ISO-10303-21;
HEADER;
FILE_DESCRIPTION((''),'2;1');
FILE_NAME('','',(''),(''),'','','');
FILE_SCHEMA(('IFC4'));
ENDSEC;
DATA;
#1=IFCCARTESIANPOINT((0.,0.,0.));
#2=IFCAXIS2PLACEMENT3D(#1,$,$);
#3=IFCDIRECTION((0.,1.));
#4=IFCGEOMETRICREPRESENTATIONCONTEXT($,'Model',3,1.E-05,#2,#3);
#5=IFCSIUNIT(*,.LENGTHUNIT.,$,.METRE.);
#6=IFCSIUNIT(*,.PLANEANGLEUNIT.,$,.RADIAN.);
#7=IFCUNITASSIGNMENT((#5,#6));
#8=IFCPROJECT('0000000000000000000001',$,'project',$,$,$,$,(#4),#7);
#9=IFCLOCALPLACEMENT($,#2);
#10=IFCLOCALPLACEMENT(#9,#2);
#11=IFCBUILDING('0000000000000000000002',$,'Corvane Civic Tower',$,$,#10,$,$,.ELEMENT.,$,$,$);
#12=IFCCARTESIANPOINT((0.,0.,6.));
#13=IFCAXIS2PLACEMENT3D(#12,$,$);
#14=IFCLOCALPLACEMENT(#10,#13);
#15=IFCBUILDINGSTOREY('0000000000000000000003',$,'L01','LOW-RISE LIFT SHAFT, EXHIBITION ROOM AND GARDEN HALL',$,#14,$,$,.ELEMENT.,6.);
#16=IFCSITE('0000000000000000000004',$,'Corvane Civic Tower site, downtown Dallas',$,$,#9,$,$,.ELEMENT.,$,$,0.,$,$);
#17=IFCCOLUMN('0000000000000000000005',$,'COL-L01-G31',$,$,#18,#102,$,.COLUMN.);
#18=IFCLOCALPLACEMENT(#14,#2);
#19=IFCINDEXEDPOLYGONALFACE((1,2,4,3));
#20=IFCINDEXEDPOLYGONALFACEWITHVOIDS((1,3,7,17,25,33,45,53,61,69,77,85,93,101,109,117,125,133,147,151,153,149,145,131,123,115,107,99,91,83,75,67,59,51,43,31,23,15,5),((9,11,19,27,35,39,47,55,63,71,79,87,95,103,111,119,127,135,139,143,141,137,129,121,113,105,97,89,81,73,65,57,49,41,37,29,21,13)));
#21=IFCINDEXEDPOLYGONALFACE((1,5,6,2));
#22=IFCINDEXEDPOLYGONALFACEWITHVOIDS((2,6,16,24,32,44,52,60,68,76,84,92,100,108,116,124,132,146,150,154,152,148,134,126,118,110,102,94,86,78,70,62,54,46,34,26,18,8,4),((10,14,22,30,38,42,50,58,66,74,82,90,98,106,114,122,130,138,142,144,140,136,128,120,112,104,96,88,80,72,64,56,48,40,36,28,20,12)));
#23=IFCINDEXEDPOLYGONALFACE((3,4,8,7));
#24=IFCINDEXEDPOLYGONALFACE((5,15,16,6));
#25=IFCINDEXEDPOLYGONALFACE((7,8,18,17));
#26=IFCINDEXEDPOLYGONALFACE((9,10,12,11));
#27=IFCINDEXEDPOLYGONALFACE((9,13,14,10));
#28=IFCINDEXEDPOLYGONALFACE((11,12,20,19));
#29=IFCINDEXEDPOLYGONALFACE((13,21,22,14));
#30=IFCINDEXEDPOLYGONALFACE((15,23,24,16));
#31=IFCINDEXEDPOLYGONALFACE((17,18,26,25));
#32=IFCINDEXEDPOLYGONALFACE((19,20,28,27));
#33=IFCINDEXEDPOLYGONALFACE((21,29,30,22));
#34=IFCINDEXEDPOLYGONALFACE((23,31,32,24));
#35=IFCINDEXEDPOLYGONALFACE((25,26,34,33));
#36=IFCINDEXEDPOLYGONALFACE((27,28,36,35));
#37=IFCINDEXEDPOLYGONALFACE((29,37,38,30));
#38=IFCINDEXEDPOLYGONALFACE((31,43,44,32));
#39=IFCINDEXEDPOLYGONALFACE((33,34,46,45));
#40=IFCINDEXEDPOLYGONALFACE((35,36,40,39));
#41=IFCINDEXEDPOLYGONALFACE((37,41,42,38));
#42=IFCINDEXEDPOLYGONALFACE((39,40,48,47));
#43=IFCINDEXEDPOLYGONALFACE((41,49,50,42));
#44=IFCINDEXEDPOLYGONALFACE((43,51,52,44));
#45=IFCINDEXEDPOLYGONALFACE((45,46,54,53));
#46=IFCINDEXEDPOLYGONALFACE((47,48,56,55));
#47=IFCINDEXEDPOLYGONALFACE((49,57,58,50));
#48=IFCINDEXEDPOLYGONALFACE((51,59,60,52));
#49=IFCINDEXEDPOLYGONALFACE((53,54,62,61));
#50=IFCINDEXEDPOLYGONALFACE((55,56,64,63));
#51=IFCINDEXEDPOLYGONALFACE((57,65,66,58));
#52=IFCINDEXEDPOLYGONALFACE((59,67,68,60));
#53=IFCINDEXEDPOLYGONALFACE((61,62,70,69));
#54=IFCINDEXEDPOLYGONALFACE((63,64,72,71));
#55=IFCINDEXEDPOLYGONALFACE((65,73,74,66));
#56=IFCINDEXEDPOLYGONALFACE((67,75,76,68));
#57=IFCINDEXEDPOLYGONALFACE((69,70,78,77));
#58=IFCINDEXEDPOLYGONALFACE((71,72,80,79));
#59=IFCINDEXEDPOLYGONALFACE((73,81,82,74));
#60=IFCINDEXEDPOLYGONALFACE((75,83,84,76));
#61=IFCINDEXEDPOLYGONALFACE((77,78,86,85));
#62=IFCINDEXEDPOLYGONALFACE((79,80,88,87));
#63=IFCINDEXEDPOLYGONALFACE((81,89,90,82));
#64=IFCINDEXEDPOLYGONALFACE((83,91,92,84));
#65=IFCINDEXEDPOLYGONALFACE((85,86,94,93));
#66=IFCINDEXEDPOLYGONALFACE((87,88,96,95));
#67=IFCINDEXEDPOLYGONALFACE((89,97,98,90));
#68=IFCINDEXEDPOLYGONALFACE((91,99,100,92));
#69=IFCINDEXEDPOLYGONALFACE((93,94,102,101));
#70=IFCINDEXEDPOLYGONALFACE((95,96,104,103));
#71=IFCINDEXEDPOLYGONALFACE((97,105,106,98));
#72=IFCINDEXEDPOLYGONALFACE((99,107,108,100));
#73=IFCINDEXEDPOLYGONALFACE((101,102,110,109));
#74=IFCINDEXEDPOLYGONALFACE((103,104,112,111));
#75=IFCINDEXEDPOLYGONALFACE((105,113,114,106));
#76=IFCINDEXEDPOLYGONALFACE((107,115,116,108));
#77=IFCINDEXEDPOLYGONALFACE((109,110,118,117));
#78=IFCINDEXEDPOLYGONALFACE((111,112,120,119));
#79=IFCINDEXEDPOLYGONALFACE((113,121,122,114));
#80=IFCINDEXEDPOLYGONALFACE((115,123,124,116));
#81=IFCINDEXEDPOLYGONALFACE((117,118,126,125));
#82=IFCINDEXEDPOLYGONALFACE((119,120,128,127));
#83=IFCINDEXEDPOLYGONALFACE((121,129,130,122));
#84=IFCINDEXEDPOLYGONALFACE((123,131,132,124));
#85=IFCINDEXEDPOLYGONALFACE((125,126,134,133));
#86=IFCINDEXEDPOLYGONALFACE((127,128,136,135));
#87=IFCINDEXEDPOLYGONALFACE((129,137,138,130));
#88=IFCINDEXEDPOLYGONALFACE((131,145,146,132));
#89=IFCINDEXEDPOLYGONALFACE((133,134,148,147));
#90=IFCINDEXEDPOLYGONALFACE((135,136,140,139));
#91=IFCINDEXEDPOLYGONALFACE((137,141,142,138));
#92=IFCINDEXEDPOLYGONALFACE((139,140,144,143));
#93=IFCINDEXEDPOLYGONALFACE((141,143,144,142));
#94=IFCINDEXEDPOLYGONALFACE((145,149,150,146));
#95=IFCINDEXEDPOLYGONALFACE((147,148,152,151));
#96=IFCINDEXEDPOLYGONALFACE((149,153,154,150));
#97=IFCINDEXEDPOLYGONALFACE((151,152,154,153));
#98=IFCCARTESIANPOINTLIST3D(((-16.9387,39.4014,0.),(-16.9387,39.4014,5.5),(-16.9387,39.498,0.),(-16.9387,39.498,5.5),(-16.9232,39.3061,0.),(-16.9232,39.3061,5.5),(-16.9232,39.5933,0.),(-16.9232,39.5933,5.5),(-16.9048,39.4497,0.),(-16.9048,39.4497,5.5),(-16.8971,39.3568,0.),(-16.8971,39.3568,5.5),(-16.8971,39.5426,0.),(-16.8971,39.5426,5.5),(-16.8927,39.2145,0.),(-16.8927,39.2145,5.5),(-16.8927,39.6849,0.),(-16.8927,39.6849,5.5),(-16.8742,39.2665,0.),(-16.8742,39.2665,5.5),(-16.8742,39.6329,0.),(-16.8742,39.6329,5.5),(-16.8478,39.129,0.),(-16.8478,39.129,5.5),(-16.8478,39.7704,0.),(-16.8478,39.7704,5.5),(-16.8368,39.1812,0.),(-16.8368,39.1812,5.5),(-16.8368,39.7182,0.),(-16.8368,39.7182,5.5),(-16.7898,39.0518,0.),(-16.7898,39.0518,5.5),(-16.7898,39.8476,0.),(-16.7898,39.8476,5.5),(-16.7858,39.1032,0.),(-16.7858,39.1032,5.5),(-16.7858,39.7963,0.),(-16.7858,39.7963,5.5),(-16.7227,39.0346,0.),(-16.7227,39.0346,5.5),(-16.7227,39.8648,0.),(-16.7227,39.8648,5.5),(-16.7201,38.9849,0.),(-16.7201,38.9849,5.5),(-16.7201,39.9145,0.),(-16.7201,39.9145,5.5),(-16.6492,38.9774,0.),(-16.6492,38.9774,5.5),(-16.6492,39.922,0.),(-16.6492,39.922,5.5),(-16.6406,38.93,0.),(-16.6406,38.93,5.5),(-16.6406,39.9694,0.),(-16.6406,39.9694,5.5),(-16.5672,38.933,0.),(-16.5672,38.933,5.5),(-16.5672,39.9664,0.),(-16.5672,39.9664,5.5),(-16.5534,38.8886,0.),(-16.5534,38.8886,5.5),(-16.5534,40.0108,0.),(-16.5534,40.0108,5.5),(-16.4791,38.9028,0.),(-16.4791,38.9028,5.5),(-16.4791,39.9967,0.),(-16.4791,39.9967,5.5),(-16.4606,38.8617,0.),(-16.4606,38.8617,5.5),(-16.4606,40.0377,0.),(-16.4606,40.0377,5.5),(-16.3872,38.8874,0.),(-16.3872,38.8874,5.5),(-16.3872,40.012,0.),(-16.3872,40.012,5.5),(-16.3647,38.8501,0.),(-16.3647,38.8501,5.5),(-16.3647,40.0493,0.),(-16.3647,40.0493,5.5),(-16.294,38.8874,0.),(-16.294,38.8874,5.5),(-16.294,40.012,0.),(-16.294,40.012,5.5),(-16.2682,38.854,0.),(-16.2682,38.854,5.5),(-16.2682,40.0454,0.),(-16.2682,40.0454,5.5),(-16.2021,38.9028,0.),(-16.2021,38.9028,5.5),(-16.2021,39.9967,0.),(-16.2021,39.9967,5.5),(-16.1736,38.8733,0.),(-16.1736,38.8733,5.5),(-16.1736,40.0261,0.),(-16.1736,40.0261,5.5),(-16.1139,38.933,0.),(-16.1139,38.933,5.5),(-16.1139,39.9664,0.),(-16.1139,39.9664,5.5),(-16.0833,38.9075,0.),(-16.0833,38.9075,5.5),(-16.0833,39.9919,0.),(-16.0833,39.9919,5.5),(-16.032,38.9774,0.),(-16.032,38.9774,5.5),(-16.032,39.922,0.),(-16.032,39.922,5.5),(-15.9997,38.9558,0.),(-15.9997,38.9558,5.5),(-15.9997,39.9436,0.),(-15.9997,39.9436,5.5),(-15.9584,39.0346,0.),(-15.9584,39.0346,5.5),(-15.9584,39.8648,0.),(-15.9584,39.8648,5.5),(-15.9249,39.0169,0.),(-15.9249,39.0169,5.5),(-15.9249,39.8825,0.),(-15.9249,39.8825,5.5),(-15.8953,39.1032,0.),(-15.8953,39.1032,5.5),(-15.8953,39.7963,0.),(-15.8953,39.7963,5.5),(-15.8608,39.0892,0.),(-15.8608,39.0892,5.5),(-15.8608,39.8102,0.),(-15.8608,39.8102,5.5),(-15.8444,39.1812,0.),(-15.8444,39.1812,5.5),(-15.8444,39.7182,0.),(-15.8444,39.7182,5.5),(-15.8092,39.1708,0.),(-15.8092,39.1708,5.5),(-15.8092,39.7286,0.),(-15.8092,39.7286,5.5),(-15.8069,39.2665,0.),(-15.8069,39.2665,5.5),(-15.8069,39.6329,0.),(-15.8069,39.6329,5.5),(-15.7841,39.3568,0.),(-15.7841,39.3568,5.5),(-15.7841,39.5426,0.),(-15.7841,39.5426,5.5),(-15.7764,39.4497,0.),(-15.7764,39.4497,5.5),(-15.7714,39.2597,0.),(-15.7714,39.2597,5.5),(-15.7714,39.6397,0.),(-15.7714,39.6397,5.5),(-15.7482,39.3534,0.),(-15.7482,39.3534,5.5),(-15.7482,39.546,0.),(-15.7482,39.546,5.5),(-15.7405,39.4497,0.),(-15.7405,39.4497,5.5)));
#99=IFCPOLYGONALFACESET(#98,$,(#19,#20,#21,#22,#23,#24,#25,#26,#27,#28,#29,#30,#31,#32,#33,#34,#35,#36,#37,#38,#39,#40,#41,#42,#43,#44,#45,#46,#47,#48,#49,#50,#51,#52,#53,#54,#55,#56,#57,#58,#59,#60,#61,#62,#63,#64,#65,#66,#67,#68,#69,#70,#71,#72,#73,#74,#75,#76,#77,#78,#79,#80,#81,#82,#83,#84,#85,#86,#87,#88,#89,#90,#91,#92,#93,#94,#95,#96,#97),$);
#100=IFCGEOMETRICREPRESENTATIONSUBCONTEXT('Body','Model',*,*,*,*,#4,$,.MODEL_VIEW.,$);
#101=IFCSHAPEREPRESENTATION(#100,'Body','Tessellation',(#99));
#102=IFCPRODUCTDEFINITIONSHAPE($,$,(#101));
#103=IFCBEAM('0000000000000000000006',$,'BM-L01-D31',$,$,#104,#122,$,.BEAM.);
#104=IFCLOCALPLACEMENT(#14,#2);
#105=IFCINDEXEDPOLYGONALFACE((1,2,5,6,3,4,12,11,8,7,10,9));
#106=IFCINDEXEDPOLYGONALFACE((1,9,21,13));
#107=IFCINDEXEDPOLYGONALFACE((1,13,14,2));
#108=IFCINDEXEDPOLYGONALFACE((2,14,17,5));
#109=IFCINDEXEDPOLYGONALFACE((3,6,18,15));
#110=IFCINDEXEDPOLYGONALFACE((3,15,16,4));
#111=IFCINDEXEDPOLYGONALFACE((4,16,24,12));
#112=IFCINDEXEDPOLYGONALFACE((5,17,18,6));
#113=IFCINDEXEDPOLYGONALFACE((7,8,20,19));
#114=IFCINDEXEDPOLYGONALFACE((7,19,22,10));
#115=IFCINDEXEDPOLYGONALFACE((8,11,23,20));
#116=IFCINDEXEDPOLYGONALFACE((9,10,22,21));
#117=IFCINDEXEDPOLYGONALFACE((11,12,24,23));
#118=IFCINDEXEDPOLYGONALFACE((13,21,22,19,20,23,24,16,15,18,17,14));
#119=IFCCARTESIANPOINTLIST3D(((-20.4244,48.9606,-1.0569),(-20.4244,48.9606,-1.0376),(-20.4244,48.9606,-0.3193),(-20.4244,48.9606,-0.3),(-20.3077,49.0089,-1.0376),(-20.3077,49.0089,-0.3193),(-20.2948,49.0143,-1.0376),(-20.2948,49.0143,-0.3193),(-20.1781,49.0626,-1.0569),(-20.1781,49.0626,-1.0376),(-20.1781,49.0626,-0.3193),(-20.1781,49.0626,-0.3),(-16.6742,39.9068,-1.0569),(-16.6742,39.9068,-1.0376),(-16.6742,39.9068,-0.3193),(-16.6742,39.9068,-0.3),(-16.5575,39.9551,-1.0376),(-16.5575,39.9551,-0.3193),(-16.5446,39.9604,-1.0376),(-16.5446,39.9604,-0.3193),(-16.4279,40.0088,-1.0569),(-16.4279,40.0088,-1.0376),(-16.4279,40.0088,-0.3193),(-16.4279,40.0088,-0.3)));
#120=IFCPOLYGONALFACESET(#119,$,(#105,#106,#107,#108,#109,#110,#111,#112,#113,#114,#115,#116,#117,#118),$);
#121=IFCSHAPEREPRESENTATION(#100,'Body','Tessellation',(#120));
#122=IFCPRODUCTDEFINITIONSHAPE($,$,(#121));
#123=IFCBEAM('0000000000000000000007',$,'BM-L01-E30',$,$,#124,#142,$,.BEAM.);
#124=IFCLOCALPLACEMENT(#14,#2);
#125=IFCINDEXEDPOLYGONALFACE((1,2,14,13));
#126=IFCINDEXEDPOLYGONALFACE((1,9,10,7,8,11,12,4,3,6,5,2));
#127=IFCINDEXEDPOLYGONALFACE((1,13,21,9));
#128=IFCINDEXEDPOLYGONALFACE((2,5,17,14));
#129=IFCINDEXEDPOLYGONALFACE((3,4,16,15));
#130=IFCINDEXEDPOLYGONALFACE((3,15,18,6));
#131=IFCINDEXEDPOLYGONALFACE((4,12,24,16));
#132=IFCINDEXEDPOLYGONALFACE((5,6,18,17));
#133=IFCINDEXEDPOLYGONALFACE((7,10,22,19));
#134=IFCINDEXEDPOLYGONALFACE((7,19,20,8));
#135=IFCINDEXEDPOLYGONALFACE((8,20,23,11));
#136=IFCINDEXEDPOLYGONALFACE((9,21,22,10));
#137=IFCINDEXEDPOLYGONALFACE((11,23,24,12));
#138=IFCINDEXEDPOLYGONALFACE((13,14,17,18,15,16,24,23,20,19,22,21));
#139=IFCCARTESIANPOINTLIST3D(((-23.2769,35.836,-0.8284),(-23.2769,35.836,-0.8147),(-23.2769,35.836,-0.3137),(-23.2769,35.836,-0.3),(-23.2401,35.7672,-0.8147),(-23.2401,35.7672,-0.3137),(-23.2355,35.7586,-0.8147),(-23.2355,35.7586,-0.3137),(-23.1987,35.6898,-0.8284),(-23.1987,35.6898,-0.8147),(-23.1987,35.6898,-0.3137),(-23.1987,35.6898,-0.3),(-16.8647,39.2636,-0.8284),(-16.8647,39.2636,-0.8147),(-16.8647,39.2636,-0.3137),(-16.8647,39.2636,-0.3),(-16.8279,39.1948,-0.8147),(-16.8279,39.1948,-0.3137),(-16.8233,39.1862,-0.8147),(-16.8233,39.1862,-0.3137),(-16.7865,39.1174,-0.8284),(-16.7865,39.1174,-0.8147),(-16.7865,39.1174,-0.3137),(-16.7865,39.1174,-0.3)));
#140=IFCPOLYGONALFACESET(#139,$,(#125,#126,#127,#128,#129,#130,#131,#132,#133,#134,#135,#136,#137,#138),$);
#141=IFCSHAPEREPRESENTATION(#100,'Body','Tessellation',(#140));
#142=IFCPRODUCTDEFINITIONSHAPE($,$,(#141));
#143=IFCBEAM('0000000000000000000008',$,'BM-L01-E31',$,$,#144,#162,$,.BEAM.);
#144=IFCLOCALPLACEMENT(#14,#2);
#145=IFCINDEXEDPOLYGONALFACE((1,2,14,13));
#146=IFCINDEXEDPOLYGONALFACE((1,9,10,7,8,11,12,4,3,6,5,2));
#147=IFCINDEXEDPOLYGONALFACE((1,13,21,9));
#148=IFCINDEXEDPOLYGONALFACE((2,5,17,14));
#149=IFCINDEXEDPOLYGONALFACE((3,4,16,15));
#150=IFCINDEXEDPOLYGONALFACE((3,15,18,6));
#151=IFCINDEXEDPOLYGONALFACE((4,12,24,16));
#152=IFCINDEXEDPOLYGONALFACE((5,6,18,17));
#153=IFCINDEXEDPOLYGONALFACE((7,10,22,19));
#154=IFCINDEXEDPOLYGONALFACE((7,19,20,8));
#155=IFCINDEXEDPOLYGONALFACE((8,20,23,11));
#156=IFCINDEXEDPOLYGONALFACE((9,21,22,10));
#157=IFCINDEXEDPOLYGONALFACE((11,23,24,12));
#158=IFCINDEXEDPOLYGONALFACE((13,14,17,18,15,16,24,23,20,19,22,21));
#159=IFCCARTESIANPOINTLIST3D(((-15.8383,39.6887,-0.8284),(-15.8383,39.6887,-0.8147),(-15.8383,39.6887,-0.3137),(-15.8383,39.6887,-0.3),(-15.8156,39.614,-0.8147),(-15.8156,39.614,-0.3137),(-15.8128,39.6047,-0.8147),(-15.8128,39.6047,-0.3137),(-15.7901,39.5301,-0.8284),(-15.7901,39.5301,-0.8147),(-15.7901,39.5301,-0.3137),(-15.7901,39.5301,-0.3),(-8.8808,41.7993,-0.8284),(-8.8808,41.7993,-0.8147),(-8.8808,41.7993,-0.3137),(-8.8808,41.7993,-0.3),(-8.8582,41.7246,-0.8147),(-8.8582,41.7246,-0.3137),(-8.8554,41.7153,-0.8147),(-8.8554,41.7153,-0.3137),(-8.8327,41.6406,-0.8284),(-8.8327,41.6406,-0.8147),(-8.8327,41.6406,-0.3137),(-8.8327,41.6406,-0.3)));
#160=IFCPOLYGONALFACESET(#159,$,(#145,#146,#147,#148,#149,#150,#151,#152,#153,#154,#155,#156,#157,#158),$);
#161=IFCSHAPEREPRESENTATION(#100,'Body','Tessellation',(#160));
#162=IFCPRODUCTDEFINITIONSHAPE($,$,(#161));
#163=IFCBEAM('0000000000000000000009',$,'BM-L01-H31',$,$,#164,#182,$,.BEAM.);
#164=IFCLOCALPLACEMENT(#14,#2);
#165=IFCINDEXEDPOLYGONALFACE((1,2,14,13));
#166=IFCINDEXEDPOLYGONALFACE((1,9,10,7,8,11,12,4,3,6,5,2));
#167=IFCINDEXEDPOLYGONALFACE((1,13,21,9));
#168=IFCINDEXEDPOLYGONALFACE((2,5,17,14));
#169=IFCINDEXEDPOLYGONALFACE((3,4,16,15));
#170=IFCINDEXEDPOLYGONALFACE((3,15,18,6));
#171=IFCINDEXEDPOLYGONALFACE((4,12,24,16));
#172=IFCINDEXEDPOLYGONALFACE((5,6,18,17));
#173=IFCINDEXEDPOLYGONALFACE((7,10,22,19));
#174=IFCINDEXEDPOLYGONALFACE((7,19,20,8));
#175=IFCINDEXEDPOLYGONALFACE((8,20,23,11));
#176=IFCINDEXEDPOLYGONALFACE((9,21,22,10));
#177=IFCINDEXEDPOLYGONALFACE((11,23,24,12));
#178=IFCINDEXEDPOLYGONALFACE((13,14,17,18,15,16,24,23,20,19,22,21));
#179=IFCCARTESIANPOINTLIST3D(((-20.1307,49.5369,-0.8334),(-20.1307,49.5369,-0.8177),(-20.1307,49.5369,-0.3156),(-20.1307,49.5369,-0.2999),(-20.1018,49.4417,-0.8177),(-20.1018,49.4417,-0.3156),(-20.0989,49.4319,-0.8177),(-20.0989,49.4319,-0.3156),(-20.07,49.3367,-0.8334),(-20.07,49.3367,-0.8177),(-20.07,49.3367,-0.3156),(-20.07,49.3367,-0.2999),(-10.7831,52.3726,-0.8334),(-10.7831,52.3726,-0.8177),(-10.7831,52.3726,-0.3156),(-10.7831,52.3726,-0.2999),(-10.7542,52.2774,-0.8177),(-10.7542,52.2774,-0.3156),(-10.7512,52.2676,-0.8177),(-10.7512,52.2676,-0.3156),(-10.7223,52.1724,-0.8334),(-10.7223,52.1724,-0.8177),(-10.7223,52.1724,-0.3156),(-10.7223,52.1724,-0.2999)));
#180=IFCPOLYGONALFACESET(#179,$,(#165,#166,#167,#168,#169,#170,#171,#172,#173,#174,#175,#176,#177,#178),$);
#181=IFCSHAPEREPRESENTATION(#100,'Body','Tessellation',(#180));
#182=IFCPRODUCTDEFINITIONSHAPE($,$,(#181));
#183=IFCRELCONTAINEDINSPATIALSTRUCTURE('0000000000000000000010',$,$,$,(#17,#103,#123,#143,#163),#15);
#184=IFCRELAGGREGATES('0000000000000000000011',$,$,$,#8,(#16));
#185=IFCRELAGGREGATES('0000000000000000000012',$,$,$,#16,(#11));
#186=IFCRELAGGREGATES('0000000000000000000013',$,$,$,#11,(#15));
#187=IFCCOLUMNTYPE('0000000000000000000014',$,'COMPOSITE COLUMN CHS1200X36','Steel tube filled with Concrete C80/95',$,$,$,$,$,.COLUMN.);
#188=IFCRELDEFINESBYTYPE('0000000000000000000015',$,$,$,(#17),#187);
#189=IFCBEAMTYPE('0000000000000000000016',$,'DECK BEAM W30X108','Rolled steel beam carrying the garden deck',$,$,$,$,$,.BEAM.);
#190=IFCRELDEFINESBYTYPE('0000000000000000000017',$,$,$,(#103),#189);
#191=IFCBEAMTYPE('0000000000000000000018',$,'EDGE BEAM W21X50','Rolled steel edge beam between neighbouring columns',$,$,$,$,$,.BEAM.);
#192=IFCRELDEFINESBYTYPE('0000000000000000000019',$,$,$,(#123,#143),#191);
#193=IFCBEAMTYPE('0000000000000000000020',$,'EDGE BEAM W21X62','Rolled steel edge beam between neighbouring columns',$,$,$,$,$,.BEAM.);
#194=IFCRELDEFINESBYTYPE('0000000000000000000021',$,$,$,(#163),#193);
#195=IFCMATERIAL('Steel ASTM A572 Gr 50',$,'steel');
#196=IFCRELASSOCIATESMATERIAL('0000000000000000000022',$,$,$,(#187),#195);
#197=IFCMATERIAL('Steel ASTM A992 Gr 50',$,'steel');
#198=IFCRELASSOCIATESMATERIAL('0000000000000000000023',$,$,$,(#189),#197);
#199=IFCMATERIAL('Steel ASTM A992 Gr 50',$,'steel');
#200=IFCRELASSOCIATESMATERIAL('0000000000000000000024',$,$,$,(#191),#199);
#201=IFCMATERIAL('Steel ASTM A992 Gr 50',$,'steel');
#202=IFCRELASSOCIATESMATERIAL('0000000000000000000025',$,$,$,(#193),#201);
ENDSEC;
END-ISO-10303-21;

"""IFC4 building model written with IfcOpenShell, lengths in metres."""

from ifc_helpers import new_model, si_unit, direction, frame, origin, origin_2d, place, context, subcontext, project, spatial, hollow_circle, i_section, extrude, material, material_profile, profile_set, type_object, element, save


model = new_model("IFC4")

# Units and contexts
model_context = context("Model", 3, precision=1e-05, world=origin(), true_north=direction((0.0, 1.0)))
body_context = subcontext(model_context, "Body", "Model", "MODEL_VIEW")
ifc_project = project(units=[si_unit("LENGTHUNIT", "METRE"), si_unit("PLANEANGLEUNIT", "RADIAN")], contexts=[model_context])

# Site, building, storey
site_placement = place(None, origin())
site = spatial("IfcSite", under=ifc_project, at=site_placement, Name="Corvane Civic Tower site, downtown Dallas", CompositionType="ELEMENT", RefElevation=0.0)
building_placement = place(site_placement, origin())
building = spatial("IfcBuilding", under=site, at=building_placement, Name="Corvane Civic Tower", CompositionType="ELEMENT")
storey_placement = place(building_placement, frame((0.0, 0.0, 6.0)))
storey = spatial("IfcBuildingStorey", under=building, at=storey_placement, Name="L01", Description="LOW-RISE LIFT SHAFT, EXHIBITION ROOM AND GARDEN HALL", CompositionType="ELEMENT", Elevation=6.0)

# Column
ifc_material_1 = material(Name="Steel ASTM A572 Gr 50", Category="steel")
ifc_material_profile_1 = material_profile(ifc_material_1, hollow_circle(Radius=0.6001, WallThickness=0.0359, at=origin_2d()), Name="CHS1200X36")
ifc_profile_set_1 = profile_set([ifc_material_profile_1], Name="Steel ASTM A572 Gr 50")
column_type = type_object("IfcColumnType", Name="COMPOSITE COLUMN CHS1200X36", Description="Steel tube filled with Concrete C80/95", PredefinedType="COLUMN", material=ifc_profile_set_1)
column_placement = place(storey_placement, frame((-16.3406, 39.4497, 0.0), z_axis=(0.0, 0.0, 1.0), x_axis=(1.0, 0.0, 0.0)))
element("IfcColumn", 1, at=column_placement, inside=storey, type_object=column_type, Name="COL-L01-G31", PredefinedType="COLUMN", context=body_context, shape_type="SweptSolid", body=[
    extrude(hollow_circle(Radius=0.6001, WallThickness=0.0359, at=origin_2d()), origin(), (0.0, 0.0, 1.0), 5.5),
])

# Beams
ifc_material_2 = material(Name="Steel ASTM A992 Gr 50", Category="steel")
ifc_material_profile_2 = material_profile(ifc_material_2, i_section(OverallWidth=0.2666, OverallDepth=0.7568, WebThickness=0.0139, FlangeThickness=0.0193, at=origin_2d()), Name="W30X108")
ifc_profile_set_2 = profile_set([ifc_material_profile_2], Name="Steel ASTM A992 Gr 50")
beam_type_1 = type_object("IfcBeamType", Name="DECK BEAM W30X108", Description="Rolled steel beam carrying the garden deck", PredefinedType="BEAM", material=ifc_profile_set_2)
beam_1_placement = place(storey_placement, frame((-16.551, 39.9578, -0.6785), z_axis=(-0.382681, 0.923881, 0.0), x_axis=(-0.923881, -0.382681, 0.0)))
element("IfcBeam", 2, at=beam_1_placement, inside=storey, type_object=beam_type_1, Name="BM-L01-D31", PredefinedType="BEAM", context=body_context, shape_type="SweptSolid", body=[
    extrude(i_section(OverallWidth=0.2666, OverallDepth=0.7568, WebThickness=0.0139, FlangeThickness=0.0193, at=origin_2d()), origin(), (0.0, 0.0, 1.0), 9.7998),
])
ifc_material_3 = material(Name="Steel ASTM A992 Gr 50", Category="steel")
ifc_material_profile_3 = material_profile(ifc_material_3, i_section(OverallWidth=0.1658, OverallDepth=0.5283, WebThickness=0.0098, FlangeThickness=0.0137, at=origin_2d()), Name="W21X50")
ifc_profile_set_3 = profile_set([ifc_material_profile_3], Name="Steel ASTM A992 Gr 50")
beam_type_2 = type_object("IfcBeamType", Name="EDGE BEAM W21X50", Description="Rolled steel edge beam between neighbouring columns", PredefinedType="BEAM", material=ifc_profile_set_3)
beam_2_placement = place(storey_placement, frame((-23.2378, 35.7629, -0.5642), z_axis=(0.881913, 0.471412, 0.0), x_axis=(-0.471412, 0.881913, 0.0)))
element("IfcBeam", 3, at=beam_2_placement, inside=storey, type_object=beam_type_2, Name="BM-L01-E30", PredefinedType="BEAM", context=body_context, shape_type="SweptSolid", body=[
    extrude(i_section(OverallWidth=0.1658, OverallDepth=0.5283, WebThickness=0.0098, FlangeThickness=0.0137, at=origin_2d()), origin(), (0.0, 0.0, 1.0), 7.2708),
])
beam_3_placement = place(storey_placement, frame((-15.8142, 39.6094, -0.5642), z_axis=(0.956938, 0.290292, 0.0), x_axis=(-0.290292, 0.956938, 0.0)))
element("IfcBeam", 4, at=beam_3_placement, inside=storey, type_object=beam_type_2, Name="BM-L01-E31", PredefinedType="BEAM", context=body_context, shape_type="SweptSolid", body=[
    extrude(i_section(OverallWidth=0.1658, OverallDepth=0.5283, WebThickness=0.0098, FlangeThickness=0.0137, at=origin_2d()), origin(), (0.0, 0.0, 1.0), 7.2705),
])
ifc_material_4 = material(Name="Steel ASTM A992 Gr 50", Category="steel")
ifc_material_profile_4 = material_profile(ifc_material_4, i_section(OverallWidth=0.2092, OverallDepth=0.5334, WebThickness=0.0103, FlangeThickness=0.0156, at=origin_2d()), Name="W21X62")
ifc_profile_set_4 = profile_set([ifc_material_profile_4], Name="Steel ASTM A992 Gr 50")
beam_type_3 = type_object("IfcBeamType", Name="EDGE BEAM W21X62", Description="Rolled steel edge beam between neighbouring columns", PredefinedType="BEAM", material=ifc_profile_set_4)
beam_4_placement = place(storey_placement, frame((-20.1003, 49.4368, -0.5667), z_axis=(0.956937, 0.290295, 0.0), x_axis=(-0.290295, 0.956937, 0.0)))
element("IfcBeam", 5, at=beam_4_placement, inside=storey, type_object=beam_type_3, Name="BM-L01-H31", PredefinedType="BEAM", context=body_context, shape_type="SweptSolid", body=[
    extrude(i_section(OverallWidth=0.2092, OverallDepth=0.5334, WebThickness=0.0103, FlangeThickness=0.0156, at=origin_2d()), origin(), (0.0, 0.0, 1.0), 9.7683),
])

save(model, "model.ifc")
